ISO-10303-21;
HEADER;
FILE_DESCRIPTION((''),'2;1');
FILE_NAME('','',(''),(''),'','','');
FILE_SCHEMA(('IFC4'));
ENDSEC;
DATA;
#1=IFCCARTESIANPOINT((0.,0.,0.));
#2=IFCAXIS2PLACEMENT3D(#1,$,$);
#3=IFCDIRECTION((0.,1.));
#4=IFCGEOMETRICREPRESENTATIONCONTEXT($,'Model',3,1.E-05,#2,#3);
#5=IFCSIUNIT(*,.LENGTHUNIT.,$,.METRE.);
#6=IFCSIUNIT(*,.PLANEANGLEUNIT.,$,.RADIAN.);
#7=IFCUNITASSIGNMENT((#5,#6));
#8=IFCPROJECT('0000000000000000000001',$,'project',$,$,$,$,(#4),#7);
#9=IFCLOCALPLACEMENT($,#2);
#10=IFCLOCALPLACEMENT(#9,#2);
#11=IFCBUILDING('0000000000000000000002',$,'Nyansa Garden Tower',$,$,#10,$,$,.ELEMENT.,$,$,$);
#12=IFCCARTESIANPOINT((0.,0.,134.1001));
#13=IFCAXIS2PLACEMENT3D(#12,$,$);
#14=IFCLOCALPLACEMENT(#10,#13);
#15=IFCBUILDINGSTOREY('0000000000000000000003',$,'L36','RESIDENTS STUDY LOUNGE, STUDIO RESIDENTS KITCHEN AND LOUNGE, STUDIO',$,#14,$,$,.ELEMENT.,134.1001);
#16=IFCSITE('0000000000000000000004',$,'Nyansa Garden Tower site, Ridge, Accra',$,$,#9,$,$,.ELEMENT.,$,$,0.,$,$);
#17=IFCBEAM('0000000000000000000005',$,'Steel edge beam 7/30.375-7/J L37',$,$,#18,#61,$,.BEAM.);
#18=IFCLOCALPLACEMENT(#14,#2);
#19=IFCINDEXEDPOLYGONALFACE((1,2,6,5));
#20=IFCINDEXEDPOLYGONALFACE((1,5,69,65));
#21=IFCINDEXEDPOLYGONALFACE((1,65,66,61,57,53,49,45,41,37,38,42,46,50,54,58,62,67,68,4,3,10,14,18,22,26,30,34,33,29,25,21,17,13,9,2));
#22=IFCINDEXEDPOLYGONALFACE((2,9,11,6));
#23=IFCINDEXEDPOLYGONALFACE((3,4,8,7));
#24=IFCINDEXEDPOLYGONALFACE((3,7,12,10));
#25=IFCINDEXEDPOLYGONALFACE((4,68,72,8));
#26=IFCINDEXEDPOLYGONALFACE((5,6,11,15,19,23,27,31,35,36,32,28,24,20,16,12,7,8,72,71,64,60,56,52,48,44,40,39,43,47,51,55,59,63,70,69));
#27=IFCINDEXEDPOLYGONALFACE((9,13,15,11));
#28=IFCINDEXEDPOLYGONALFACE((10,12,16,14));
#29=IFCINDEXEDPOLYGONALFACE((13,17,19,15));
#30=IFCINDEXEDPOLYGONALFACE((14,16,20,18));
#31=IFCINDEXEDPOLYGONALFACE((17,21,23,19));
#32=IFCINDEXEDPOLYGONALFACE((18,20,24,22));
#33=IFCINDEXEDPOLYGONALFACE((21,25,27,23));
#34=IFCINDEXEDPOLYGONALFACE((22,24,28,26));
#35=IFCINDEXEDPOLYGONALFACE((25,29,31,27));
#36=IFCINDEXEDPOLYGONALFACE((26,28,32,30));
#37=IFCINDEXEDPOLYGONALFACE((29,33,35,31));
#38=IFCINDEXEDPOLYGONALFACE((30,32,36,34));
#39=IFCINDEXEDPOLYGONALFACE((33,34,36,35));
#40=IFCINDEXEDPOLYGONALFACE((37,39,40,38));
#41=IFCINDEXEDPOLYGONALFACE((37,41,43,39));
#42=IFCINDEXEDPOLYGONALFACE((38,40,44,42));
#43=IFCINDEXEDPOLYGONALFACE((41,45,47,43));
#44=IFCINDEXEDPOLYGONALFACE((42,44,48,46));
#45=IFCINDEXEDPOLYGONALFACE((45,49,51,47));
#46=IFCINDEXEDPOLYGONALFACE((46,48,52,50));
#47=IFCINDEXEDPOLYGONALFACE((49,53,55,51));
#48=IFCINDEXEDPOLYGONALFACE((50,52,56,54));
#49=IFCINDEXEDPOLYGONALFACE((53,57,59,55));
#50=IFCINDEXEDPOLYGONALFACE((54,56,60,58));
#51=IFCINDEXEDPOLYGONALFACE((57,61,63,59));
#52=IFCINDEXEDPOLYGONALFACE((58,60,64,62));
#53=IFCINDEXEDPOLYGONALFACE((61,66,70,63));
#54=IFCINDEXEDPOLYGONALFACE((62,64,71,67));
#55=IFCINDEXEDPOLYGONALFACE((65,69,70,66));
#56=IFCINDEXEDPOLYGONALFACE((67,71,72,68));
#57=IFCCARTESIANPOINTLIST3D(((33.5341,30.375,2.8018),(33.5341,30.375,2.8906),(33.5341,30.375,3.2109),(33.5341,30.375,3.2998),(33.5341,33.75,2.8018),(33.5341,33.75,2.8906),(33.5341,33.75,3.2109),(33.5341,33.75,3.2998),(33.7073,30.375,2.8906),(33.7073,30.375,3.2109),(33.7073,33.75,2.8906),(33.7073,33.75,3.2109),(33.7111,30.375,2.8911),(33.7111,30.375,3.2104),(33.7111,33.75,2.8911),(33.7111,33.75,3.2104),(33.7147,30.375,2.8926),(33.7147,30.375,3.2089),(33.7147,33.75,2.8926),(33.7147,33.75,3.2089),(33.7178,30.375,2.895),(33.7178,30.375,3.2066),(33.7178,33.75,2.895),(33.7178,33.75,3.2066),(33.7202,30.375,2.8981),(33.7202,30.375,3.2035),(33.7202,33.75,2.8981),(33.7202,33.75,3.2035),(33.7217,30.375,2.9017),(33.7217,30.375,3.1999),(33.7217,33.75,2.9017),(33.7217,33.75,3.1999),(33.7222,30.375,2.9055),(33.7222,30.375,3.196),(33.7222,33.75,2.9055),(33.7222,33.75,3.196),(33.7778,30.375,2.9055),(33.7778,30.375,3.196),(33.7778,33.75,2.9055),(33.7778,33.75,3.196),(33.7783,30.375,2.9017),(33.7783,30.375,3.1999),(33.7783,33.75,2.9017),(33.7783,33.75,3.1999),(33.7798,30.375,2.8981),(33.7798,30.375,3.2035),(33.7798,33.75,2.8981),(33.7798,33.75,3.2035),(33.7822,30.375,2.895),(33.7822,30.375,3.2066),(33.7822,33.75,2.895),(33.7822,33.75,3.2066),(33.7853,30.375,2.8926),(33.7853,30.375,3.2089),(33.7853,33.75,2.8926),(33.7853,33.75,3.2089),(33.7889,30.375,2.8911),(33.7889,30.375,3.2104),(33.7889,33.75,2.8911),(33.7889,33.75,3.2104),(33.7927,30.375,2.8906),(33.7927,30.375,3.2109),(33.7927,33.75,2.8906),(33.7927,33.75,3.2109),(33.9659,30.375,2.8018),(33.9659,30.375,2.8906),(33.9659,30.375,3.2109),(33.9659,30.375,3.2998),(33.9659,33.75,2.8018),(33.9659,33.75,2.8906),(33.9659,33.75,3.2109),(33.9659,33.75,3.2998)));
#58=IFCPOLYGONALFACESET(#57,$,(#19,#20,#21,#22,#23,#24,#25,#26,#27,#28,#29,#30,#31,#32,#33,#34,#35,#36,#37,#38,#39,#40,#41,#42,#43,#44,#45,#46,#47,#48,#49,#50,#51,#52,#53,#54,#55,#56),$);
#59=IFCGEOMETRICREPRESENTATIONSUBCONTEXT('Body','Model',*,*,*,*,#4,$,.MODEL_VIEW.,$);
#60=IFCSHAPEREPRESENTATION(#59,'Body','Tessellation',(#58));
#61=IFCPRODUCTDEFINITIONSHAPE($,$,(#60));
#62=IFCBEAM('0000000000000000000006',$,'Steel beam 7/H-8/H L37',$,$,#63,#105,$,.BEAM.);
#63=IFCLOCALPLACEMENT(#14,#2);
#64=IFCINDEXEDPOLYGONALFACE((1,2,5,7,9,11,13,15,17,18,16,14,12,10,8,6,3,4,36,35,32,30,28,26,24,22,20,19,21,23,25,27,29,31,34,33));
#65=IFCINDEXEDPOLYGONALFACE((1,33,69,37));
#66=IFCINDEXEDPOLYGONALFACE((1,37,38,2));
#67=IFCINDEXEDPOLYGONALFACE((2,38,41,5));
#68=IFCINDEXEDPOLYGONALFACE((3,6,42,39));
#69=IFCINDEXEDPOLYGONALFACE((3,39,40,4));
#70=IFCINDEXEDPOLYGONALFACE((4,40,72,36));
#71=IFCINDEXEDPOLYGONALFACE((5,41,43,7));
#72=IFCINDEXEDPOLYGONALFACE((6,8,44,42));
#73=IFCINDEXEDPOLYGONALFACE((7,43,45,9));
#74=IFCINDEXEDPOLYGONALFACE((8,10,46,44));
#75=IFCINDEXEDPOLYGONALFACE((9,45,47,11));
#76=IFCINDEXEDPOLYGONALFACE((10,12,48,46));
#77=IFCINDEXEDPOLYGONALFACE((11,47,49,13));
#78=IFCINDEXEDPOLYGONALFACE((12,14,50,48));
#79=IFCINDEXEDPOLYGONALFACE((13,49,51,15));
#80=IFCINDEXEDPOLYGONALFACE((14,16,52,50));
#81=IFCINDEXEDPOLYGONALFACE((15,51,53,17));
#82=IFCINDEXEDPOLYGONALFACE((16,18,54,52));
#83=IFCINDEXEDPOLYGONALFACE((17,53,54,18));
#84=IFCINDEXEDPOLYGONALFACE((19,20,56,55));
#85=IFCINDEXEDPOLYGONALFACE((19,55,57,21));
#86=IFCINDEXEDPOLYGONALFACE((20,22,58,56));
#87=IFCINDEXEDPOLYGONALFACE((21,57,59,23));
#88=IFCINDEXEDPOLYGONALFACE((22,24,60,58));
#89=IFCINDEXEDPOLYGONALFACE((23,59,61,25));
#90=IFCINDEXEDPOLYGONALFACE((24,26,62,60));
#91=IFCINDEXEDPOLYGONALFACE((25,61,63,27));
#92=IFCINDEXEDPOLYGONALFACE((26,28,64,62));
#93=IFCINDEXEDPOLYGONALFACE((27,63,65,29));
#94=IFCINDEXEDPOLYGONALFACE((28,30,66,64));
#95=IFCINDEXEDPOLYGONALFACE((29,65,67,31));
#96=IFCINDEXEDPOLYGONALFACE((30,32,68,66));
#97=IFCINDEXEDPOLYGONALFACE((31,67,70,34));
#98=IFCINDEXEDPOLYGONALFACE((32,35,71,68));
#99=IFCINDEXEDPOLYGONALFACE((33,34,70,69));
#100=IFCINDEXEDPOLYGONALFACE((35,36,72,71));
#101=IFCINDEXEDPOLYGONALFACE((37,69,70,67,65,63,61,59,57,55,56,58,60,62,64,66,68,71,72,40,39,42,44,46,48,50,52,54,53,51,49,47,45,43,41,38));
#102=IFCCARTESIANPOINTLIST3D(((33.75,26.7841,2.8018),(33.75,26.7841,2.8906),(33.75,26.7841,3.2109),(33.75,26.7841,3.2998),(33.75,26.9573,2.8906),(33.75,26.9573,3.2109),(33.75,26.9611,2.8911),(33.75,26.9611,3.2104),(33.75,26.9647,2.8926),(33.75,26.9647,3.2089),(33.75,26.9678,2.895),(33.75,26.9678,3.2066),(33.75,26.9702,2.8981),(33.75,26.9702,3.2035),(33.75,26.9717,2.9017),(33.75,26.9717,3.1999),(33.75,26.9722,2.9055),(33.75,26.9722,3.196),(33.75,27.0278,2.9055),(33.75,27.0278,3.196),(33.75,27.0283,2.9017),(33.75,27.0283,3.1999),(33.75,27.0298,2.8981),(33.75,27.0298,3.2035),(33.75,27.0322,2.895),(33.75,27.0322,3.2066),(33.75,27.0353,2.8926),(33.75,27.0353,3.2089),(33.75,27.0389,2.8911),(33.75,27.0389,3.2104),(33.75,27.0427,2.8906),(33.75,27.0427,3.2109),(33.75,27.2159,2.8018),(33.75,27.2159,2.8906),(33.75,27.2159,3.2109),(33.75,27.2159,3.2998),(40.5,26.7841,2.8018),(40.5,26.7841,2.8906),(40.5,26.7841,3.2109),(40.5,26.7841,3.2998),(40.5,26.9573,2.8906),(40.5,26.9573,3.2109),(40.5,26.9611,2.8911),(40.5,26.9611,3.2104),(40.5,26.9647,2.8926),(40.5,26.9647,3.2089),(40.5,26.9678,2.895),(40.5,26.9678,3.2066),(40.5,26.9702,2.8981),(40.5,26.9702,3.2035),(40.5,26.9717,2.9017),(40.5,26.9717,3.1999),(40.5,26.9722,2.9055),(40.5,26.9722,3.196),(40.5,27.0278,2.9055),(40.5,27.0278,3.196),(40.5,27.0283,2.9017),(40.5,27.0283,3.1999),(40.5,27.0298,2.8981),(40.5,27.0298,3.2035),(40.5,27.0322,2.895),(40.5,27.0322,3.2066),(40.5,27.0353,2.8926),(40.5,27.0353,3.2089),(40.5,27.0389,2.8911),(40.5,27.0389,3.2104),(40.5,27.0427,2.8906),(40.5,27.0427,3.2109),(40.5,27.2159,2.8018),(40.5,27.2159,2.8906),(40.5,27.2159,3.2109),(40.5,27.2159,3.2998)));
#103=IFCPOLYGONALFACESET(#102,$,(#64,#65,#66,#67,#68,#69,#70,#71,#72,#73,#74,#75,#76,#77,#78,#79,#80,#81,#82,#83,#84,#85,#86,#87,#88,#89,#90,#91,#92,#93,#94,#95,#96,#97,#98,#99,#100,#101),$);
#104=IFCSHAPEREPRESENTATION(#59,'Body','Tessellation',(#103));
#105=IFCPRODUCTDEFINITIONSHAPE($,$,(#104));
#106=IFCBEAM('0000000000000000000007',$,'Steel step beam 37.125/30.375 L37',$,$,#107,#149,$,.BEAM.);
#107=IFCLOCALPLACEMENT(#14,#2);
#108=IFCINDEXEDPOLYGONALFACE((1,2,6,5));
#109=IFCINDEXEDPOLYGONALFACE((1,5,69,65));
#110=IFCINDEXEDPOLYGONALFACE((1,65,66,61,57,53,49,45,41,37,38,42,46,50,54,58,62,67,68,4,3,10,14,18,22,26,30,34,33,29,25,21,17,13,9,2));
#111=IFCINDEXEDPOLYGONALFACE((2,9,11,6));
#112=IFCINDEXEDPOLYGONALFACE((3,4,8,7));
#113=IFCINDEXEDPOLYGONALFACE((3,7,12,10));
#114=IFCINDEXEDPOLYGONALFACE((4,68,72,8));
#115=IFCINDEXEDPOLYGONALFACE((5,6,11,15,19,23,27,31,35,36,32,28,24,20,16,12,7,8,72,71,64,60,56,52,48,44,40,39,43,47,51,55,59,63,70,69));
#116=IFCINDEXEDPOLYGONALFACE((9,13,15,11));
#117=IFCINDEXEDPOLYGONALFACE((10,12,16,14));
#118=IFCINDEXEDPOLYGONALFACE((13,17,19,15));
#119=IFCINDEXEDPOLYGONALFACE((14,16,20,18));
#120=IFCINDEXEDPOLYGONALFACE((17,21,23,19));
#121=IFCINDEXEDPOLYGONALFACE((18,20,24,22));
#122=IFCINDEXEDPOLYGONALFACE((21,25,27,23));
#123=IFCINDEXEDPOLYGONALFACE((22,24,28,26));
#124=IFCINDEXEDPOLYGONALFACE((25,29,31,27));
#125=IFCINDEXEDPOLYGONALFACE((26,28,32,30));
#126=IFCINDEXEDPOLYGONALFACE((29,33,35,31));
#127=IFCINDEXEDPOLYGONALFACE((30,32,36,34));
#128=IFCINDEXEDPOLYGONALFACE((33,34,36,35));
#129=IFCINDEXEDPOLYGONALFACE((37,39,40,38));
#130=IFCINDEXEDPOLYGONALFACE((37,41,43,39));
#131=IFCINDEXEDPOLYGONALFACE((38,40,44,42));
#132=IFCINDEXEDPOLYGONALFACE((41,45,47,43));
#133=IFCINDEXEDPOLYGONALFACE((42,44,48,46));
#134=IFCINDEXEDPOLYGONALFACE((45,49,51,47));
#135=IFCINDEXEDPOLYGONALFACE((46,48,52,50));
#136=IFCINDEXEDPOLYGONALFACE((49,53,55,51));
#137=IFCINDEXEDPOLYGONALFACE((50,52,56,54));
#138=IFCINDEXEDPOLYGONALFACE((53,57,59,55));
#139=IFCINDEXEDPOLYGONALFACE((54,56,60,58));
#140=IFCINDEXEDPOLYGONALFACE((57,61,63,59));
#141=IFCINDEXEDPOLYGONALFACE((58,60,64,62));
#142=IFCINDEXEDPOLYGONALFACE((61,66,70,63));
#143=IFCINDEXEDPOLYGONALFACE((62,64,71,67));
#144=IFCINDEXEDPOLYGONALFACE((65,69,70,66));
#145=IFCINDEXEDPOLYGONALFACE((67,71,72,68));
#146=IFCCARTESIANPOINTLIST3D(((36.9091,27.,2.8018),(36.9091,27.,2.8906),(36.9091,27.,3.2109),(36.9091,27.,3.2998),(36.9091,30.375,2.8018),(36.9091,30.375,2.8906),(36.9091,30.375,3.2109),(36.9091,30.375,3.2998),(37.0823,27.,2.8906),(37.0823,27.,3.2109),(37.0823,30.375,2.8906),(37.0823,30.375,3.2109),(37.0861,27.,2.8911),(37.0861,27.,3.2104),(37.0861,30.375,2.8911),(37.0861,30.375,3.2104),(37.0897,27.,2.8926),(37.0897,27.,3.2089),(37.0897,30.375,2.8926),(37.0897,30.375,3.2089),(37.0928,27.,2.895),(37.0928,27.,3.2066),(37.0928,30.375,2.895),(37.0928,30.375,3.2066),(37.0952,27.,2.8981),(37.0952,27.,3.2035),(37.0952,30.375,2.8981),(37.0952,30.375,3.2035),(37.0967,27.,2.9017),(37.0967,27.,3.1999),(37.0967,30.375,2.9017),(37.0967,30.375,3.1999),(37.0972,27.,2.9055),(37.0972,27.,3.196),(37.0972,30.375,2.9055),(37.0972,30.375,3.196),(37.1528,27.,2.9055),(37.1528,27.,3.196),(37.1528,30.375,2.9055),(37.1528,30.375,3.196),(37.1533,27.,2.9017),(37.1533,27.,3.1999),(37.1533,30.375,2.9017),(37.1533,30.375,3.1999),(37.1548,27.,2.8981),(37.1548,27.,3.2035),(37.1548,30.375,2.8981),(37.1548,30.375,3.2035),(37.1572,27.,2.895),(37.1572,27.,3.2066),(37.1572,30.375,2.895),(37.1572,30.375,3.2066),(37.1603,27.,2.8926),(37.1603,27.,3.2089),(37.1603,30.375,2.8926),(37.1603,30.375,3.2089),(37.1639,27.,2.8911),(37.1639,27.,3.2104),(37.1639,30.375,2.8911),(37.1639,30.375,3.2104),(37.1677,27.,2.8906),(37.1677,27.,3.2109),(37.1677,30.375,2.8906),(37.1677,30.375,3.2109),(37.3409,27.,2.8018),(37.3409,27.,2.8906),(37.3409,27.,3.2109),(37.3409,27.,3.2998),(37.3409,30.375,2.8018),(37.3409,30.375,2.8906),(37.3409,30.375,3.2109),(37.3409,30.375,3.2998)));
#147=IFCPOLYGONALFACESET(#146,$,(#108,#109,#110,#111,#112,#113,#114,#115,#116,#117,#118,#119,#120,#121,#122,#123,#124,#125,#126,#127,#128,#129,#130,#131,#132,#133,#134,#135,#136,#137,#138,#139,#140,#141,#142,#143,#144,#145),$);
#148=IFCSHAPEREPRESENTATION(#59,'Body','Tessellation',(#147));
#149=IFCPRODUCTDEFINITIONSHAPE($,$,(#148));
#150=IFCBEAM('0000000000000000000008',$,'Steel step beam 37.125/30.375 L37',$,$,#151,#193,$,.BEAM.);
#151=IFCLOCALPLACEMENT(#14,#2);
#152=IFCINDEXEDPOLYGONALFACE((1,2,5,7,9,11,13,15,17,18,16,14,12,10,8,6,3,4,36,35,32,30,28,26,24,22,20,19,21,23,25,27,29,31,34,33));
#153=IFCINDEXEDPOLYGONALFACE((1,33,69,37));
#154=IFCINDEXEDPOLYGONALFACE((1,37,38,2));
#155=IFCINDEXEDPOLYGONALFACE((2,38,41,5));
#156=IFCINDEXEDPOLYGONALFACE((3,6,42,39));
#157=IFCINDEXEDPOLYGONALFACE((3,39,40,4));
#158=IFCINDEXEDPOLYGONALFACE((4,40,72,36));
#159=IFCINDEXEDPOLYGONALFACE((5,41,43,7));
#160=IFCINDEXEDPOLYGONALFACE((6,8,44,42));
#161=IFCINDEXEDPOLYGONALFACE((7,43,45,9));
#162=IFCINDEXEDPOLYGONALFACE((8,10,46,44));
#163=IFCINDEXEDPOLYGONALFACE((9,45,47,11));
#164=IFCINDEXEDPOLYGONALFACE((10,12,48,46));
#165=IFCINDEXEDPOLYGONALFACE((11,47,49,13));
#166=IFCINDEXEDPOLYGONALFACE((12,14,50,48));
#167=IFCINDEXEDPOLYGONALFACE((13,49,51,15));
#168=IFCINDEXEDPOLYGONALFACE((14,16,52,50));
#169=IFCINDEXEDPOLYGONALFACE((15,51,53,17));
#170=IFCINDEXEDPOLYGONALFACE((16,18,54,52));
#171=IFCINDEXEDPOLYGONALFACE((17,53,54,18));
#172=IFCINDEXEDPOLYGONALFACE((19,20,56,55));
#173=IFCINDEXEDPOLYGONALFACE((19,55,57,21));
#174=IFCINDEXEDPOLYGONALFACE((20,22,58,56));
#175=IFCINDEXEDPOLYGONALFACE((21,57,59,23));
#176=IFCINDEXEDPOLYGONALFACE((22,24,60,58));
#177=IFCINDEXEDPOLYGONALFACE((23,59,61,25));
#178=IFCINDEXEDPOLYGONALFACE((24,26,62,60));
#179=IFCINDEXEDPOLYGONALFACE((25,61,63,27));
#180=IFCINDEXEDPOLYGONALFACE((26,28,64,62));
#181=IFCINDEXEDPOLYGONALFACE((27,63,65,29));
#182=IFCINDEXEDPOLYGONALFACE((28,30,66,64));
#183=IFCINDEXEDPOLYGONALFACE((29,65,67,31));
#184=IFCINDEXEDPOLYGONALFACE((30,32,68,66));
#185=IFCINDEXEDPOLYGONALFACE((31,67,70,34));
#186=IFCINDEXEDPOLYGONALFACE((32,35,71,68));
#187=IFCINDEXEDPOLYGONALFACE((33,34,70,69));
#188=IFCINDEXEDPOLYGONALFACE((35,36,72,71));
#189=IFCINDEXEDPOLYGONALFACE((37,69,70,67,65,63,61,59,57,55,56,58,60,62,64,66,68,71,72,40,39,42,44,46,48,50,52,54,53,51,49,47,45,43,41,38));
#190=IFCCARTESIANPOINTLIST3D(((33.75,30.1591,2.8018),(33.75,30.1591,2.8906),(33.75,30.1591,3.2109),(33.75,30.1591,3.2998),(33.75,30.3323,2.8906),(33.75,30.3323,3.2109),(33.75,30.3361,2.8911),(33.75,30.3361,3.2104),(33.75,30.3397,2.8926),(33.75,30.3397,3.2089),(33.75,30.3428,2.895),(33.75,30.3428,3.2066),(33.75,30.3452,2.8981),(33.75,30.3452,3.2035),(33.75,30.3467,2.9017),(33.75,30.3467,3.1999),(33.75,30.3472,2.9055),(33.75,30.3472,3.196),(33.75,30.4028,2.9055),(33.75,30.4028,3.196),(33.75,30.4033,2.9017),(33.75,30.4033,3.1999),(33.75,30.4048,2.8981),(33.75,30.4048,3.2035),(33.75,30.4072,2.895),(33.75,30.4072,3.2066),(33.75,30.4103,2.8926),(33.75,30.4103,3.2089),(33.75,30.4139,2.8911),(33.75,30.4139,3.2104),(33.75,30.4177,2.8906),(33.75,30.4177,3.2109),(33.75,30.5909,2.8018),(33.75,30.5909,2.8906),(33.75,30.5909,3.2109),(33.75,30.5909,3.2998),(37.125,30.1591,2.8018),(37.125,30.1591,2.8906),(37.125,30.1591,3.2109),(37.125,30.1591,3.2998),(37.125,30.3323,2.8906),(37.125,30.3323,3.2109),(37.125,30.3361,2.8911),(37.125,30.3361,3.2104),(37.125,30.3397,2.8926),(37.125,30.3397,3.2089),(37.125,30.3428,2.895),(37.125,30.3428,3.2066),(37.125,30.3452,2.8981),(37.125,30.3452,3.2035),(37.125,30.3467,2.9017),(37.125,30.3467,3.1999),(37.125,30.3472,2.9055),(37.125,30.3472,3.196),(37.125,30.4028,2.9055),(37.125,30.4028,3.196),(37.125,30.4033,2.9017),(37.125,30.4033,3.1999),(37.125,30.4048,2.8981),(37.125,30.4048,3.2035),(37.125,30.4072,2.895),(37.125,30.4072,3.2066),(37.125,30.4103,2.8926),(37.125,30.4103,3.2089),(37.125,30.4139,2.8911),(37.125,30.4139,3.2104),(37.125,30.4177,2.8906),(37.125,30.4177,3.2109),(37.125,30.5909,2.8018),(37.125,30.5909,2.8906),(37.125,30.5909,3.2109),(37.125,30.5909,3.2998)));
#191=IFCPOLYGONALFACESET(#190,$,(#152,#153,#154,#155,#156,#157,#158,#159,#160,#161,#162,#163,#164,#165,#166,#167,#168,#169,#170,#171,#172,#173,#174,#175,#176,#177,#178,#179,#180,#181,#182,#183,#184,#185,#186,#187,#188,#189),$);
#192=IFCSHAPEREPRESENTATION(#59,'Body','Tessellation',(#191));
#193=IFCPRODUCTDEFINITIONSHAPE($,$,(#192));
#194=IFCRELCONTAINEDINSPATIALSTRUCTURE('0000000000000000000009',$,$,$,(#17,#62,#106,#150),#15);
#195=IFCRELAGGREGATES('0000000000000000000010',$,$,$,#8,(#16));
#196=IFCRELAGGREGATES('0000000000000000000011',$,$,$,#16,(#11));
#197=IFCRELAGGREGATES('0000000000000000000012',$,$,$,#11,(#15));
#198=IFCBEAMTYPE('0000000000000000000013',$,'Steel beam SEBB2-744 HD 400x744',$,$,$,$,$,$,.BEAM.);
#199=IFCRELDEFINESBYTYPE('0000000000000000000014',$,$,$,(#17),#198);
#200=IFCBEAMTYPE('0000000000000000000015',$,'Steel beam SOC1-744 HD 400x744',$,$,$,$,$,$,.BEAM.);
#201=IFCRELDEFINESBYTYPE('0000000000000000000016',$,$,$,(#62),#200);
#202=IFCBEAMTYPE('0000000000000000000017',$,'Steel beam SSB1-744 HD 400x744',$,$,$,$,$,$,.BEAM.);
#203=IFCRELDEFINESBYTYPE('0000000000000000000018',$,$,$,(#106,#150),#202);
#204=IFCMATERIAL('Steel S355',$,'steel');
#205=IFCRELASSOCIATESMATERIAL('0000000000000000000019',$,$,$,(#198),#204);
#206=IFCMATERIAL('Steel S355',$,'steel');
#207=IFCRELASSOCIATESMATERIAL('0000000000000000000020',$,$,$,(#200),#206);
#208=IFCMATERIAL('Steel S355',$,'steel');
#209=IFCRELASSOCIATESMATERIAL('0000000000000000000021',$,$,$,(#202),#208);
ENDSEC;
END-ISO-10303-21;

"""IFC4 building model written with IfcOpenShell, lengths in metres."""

from ifc_helpers import new_model, si_unit, direction, frame, origin, origin_2d, place, context, subcontext, project, spatial, i_section, extrude, material, material_profile, profile_set, type_object, element, save


model = new_model("IFC4")

# Units and contexts
model_context = context("Model", 3, precision=1e-05, world=origin(), true_north=direction((0.0, 1.0)))
body_context = subcontext(model_context, "Body", "Model", "MODEL_VIEW")
ifc_project = project(units=[si_unit("LENGTHUNIT", "METRE"), si_unit("PLANEANGLEUNIT", "RADIAN")], contexts=[model_context])

# Site, building, storey
site_placement = place(None, origin())
site = spatial("IfcSite", under=ifc_project, at=site_placement, Name="Nyansa Garden Tower site, Ridge, Accra", CompositionType="ELEMENT", RefElevation=0.0)
building_placement = place(site_placement, origin())
building = spatial("IfcBuilding", under=site, at=building_placement, Name="Nyansa Garden Tower", CompositionType="ELEMENT")
storey_placement = place(building_placement, frame((0.0, 0.0, 134.1001)))
storey = spatial("IfcBuildingStorey", under=building, at=storey_placement, Name="L36", Description="RESIDENTS STUDY LOUNGE, STUDIO RESIDENTS KITCHEN AND LOUNGE, STUDIO", CompositionType="ELEMENT", Elevation=134.1001)

# Beams
ifc_material_1 = material(Name="Steel S355", Category="steel")
ifc_material_profile_1 = material_profile(ifc_material_1, i_section(OverallWidth=0.4319, OverallDepth=0.498, WebThickness=0.0557, FlangeThickness=0.0889, FilletRadius=0.0149, at=origin_2d()), Name="HD 400x744")
ifc_profile_set_1 = profile_set([ifc_material_profile_1], Name="Steel S355")
beam_type_1 = type_object("IfcBeamType", Name="Steel beam SEBB2-744 HD 400x744", PredefinedType="BEAM", material=ifc_profile_set_1)
beam_1_placement = place(storey_placement, frame((33.75, 30.375, 3.0508), z_axis=(0.0, 1.0, 0.0), x_axis=(-1.0, 0.0, 0.0)))
element("IfcBeam", 1, at=beam_1_placement, inside=storey, type_object=beam_type_1, Name="Steel edge beam 7/30.375-7/J L37", PredefinedType="BEAM", context=body_context, shape_type="SweptSolid", body=[
    extrude(i_section(OverallWidth=0.4319, OverallDepth=0.498, WebThickness=0.0557, FlangeThickness=0.0889, FilletRadius=0.0149, at=origin_2d()), origin(), (0.0, 0.0, 1.0), 3.375),
])
ifc_material_2 = material(Name="Steel S355", Category="steel")
ifc_material_profile_2 = material_profile(ifc_material_2, i_section(OverallWidth=0.4319, OverallDepth=0.498, WebThickness=0.0557, FlangeThickness=0.0889, FilletRadius=0.0149, at=origin_2d()), Name="HD 400x744")
ifc_profile_set_2 = profile_set([ifc_material_profile_2], Name="Steel S355")
beam_type_2 = type_object("IfcBeamType", Name="Steel beam SOC1-744 HD 400x744", PredefinedType="BEAM", material=ifc_profile_set_2)
beam_2_placement = place(storey_placement, frame((33.75, 27.0, 3.0508), z_axis=(1.0, 0.0, 0.0), x_axis=(0.0, 1.0, 0.0)))
element("IfcBeam", 2, at=beam_2_placement, inside=storey, type_object=beam_type_2, Name="Steel beam 7/H-8/H L37", PredefinedType="BEAM", context=body_context, shape_type="SweptSolid", body=[
    extrude(i_section(OverallWidth=0.4319, OverallDepth=0.498, WebThickness=0.0557, FlangeThickness=0.0889, FilletRadius=0.0149, at=origin_2d()), origin(), (0.0, 0.0, 1.0), 6.75),
])
ifc_material_3 = material(Name="Steel S355", Category="steel")
ifc_material_profile_3 = material_profile(ifc_material_3, i_section(OverallWidth=0.4319, OverallDepth=0.498, WebThickness=0.0557, FlangeThickness=0.0889, FilletRadius=0.0149, at=origin_2d()), Name="HD 400x744")
ifc_profile_set_3 = profile_set([ifc_material_profile_3], Name="Steel S355")
beam_type_3 = type_object("IfcBeamType", Name="Steel beam SSB1-744 HD 400x744", PredefinedType="BEAM", material=ifc_profile_set_3)
for number, where, z_axis, x_axis, name in (
    (3, (37.125, 30.375, 3.0508), (0.0, -1.0, 0.0), (1.0, 0.0, 0.0), "Steel step beam 37.125/30.375 L37"),
    (4, (37.125, 30.375, 3.0508), (-1.0, 0.0, 0.0), (0.0, -1.0, 0.0), "Steel step beam 37.125/30.375 L37"),
):
    element("IfcBeam", number, at=place(storey_placement, frame(where, z_axis=z_axis, x_axis=x_axis)), inside=storey, type_object=beam_type_3, Name=name, PredefinedType="BEAM", context=body_context, shape_type="SweptSolid", body=[
        extrude(i_section(OverallWidth=0.4319, OverallDepth=0.498, WebThickness=0.0557, FlangeThickness=0.0889, FilletRadius=0.0149, at=origin_2d()), origin(), (0.0, 0.0, 1.0), 3.375),
    ])

save(model, "model.ifc")
